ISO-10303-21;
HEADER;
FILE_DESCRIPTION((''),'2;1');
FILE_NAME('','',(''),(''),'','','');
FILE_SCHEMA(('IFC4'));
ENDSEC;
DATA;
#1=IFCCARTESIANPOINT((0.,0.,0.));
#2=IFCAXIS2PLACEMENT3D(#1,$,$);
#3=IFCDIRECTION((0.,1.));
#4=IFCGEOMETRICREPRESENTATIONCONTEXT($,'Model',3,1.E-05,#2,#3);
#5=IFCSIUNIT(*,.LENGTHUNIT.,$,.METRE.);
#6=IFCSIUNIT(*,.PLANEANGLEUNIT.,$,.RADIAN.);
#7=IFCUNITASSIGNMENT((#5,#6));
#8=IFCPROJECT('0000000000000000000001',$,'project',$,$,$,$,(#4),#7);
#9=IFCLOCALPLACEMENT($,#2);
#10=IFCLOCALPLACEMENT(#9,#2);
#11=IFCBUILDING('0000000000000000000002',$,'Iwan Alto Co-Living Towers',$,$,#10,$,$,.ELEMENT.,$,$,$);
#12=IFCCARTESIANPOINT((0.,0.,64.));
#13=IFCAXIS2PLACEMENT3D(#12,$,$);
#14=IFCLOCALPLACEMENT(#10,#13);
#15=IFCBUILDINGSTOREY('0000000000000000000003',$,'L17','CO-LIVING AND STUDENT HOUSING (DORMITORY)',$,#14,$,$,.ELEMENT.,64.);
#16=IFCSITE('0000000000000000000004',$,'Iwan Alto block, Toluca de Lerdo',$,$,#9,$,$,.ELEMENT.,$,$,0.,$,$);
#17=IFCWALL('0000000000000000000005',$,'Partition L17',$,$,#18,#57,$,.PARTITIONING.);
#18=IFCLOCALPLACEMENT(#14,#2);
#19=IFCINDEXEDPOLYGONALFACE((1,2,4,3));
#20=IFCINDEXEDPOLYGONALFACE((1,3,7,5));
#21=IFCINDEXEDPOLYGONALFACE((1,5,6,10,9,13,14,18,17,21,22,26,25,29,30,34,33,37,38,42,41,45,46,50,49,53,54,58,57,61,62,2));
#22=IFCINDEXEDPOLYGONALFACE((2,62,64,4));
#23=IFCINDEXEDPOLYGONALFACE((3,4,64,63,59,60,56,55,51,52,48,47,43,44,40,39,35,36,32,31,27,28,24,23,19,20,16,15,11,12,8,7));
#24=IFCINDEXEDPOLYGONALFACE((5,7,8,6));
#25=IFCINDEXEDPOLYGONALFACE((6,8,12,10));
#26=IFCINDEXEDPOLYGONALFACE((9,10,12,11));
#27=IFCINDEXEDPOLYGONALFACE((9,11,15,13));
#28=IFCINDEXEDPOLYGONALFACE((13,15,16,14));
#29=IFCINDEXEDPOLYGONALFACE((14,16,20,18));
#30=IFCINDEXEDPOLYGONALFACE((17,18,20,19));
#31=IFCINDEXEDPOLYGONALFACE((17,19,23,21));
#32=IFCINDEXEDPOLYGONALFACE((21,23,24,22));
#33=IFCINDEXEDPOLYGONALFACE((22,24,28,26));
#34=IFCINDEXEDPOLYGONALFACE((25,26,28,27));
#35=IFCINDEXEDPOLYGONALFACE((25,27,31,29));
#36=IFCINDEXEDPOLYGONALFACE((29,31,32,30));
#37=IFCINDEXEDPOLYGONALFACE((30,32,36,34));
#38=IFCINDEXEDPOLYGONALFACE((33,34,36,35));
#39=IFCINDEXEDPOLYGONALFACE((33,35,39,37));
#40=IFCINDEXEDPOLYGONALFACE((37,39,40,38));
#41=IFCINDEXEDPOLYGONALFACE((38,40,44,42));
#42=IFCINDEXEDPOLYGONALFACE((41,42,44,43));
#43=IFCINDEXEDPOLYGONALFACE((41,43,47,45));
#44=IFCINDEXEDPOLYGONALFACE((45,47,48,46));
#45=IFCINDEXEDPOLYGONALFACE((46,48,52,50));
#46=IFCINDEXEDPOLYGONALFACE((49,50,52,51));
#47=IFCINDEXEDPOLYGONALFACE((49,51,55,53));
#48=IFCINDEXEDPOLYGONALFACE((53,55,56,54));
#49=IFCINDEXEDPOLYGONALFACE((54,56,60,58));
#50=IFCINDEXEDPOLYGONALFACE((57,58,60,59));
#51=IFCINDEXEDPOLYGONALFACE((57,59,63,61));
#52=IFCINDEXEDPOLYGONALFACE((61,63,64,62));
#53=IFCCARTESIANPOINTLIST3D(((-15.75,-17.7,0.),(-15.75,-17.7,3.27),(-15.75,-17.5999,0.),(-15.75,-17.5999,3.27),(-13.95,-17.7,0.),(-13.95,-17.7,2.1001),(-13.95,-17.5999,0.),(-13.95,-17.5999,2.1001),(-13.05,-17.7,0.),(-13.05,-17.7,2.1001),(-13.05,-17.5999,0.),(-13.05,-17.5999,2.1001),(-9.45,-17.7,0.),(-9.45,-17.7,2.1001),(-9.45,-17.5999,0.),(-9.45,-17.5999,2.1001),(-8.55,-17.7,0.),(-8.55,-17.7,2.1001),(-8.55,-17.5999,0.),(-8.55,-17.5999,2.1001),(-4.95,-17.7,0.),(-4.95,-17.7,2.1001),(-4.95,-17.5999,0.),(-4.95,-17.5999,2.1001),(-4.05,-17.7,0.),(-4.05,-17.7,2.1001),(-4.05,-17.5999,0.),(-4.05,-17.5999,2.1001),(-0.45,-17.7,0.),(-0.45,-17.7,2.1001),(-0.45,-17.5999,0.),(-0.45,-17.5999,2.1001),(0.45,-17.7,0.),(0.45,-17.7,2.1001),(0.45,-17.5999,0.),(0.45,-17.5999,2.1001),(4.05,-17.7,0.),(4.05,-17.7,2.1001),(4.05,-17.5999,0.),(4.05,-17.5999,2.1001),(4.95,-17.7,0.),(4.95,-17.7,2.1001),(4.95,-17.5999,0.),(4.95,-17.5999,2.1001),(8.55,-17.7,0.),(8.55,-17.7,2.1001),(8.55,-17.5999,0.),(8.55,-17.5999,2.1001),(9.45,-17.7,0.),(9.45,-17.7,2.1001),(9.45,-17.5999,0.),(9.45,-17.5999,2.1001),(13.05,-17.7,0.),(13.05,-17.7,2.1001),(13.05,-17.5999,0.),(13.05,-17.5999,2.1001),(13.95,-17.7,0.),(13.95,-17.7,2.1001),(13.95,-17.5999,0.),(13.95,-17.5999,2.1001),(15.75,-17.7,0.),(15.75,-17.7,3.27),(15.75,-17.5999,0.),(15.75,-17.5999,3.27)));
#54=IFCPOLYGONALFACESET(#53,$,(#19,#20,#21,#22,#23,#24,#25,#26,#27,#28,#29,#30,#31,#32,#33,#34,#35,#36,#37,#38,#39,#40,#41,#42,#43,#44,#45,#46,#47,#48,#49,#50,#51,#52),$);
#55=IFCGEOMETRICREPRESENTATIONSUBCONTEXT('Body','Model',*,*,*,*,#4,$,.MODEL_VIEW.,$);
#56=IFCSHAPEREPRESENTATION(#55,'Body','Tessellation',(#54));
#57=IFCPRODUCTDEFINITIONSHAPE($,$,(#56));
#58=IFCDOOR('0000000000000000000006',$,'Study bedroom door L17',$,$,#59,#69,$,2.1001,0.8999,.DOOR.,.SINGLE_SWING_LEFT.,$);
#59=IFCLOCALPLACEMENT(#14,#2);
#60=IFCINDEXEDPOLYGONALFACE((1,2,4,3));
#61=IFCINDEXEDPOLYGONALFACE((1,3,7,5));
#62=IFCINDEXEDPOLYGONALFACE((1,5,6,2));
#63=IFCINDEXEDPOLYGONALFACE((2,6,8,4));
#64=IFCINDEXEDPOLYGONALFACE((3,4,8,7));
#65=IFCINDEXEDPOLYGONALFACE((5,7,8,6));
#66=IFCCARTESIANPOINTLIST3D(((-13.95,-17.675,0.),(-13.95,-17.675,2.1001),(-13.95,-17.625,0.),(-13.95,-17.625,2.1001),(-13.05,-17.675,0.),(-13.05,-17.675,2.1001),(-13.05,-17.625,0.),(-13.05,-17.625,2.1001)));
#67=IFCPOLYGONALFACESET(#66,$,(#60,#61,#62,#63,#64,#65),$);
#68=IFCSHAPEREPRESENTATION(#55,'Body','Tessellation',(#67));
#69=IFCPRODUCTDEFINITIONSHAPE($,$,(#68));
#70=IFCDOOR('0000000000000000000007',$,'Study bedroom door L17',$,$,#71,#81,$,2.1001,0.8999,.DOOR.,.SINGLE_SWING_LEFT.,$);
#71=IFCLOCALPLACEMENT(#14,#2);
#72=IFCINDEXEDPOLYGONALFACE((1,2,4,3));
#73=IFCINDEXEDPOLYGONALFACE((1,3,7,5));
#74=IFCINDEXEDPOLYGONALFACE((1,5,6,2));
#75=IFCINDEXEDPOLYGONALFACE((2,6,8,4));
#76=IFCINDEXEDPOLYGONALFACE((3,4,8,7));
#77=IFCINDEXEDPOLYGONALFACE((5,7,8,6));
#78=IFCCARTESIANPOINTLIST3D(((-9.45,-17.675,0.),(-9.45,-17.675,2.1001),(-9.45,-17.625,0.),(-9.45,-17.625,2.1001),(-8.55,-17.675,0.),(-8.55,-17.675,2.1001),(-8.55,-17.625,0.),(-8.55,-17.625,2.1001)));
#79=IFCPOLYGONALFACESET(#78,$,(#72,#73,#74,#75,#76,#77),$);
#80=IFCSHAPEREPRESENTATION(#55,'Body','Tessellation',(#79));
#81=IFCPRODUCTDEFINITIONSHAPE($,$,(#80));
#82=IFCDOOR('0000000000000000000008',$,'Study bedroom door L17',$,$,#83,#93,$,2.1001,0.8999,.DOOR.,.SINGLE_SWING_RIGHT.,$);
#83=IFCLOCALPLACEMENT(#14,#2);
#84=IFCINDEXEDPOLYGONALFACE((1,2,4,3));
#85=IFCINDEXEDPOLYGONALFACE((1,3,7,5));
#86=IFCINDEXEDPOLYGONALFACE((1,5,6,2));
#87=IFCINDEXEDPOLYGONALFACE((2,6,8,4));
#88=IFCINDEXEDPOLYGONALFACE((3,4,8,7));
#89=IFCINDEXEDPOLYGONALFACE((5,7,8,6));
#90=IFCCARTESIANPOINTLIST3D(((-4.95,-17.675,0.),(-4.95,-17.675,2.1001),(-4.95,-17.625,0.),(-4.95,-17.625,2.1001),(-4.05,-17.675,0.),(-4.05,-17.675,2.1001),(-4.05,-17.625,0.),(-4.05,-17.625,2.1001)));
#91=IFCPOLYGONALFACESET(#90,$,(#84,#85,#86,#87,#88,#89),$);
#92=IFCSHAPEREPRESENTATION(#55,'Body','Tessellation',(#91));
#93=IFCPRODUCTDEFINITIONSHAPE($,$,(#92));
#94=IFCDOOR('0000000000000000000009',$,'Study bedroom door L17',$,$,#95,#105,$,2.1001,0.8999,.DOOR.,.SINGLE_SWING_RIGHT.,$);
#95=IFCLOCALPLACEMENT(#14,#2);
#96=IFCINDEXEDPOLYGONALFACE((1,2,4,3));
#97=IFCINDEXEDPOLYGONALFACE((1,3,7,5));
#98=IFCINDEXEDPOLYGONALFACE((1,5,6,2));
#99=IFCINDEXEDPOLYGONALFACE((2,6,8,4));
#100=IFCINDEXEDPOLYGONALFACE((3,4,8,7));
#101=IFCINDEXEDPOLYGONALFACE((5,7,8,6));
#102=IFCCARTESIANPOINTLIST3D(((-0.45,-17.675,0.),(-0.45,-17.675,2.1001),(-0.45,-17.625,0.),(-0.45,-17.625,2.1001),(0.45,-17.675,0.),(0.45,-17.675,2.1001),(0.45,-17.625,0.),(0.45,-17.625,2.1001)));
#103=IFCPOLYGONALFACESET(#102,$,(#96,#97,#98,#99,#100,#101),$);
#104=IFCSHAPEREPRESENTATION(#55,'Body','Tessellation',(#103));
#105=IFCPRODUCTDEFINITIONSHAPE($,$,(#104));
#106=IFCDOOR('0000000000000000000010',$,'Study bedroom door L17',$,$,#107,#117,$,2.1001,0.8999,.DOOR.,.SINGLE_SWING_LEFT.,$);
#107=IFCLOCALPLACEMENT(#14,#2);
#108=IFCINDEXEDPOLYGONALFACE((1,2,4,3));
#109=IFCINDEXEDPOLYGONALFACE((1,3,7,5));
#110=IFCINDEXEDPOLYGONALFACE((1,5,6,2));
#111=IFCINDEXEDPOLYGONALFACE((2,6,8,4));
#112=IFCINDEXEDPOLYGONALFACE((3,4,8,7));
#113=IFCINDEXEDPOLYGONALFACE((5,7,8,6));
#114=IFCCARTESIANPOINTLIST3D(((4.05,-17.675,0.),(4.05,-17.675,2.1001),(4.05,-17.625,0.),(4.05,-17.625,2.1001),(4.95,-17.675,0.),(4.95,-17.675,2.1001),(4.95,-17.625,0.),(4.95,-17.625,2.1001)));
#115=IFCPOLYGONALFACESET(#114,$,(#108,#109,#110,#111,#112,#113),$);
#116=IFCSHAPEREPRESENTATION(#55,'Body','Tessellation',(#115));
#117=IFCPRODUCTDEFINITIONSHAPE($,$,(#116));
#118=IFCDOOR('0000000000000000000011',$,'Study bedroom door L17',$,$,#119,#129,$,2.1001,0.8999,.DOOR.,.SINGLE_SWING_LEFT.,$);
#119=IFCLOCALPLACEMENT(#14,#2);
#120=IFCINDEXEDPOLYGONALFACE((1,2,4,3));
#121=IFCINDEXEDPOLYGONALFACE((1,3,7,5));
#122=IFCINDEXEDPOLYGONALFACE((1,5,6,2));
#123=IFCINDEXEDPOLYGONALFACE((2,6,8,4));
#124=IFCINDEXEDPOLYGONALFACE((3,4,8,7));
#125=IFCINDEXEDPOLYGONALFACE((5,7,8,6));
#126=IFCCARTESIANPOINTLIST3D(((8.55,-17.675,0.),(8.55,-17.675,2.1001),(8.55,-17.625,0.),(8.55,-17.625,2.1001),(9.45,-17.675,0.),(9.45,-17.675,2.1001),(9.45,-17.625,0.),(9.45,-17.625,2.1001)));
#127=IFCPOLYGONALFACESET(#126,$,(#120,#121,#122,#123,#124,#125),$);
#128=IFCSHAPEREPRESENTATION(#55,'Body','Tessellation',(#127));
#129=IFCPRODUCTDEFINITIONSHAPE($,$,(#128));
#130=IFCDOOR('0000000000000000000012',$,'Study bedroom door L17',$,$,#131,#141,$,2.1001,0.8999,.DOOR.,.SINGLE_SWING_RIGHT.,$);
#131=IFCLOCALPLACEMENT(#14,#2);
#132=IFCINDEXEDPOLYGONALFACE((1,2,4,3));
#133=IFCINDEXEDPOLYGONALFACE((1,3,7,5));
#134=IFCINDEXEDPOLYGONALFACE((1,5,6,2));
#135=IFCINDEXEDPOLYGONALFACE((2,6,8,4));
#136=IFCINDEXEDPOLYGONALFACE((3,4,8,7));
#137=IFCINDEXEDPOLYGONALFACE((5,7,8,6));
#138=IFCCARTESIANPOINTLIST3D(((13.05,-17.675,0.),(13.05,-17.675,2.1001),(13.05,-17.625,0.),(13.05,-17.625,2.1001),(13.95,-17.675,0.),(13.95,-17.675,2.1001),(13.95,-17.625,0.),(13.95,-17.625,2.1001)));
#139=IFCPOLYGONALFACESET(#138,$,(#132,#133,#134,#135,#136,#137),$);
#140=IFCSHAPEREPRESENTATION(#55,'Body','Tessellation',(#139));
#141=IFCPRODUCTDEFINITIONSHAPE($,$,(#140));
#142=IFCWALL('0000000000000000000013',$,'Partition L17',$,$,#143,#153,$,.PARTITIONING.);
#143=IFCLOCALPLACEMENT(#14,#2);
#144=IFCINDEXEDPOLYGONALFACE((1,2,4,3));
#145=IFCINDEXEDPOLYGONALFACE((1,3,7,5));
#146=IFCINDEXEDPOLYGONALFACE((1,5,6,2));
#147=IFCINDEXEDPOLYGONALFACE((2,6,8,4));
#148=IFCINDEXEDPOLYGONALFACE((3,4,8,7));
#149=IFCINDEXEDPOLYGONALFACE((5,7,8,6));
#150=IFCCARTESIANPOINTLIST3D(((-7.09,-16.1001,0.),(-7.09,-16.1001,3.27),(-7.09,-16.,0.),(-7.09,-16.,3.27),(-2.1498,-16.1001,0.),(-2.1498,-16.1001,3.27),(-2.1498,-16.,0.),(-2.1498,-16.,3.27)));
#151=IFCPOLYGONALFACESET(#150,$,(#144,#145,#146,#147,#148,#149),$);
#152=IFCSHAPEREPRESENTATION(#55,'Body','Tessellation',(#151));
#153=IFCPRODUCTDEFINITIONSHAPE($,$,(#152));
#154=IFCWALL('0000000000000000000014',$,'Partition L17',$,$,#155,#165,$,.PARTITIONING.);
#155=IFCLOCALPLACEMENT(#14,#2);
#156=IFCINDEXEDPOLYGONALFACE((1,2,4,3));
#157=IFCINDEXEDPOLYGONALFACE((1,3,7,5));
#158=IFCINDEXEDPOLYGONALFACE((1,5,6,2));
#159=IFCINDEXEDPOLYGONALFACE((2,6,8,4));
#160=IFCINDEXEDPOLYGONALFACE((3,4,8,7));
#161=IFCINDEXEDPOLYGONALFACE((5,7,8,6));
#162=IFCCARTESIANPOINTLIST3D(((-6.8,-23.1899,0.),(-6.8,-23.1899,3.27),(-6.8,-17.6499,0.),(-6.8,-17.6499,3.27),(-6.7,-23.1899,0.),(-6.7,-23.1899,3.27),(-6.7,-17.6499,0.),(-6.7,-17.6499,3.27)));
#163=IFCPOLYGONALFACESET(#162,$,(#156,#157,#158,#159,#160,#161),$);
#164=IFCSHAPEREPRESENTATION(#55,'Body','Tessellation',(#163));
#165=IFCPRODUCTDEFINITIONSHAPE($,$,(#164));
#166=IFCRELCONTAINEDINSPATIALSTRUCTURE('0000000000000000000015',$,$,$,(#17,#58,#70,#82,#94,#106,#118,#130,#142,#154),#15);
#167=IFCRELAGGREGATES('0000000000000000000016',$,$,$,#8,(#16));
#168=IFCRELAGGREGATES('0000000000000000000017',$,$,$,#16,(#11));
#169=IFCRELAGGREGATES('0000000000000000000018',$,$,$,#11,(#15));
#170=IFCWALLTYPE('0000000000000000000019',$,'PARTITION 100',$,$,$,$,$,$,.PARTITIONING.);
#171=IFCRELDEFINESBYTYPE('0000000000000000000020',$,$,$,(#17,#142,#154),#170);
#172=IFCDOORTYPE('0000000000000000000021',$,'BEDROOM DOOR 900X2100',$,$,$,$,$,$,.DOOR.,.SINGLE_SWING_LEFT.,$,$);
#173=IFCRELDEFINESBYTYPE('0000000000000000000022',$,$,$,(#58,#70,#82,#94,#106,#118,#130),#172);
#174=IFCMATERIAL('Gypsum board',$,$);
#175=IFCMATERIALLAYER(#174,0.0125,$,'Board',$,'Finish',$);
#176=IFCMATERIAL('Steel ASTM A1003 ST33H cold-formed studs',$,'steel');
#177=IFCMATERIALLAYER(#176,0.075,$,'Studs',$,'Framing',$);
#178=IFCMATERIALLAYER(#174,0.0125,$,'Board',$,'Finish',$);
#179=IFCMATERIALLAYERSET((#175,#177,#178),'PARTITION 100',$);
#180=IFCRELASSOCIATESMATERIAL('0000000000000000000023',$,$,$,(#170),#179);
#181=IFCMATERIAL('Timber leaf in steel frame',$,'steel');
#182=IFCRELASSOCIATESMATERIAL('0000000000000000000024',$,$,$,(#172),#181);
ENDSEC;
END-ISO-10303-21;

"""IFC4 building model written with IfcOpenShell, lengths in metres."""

from ifc_helpers import new_model, si_unit, direction, frame, frame_2d, origin, place, context, subcontext, project, spatial, rectangle, extrude, material, layer, layer_set, type_object, element, fill, save


model = new_model("IFC4")

# Units and contexts
model_context = context("Model", 3, precision=1e-05, world=origin(), true_north=direction((0.0, 1.0)))
body_context = subcontext(model_context, "Body", "Model", "MODEL_VIEW")
ifc_project = project(units=[si_unit("LENGTHUNIT", "METRE"), si_unit("PLANEANGLEUNIT", "RADIAN")], contexts=[model_context])

# Site, building, storey
site_placement = place(None, origin())
site = spatial("IfcSite", under=ifc_project, at=site_placement, Name="Iwan Alto block, Toluca de Lerdo", CompositionType="ELEMENT", RefElevation=0.0)
building_placement = place(site_placement, origin())
building = spatial("IfcBuilding", under=site, at=building_placement, Name="Iwan Alto Co-Living Towers", CompositionType="ELEMENT")
storey_placement = place(building_placement, frame((0.0, 0.0, 64.0)))
storey = spatial("IfcBuildingStorey", under=building, at=storey_placement, Name="L17", Description="CO-LIVING AND STUDENT HOUSING (DORMITORY)", CompositionType="ELEMENT", Elevation=64.0)

# Wall, openings, doors
ifc_material_1 = material(Name="Gypsum board")
ifc_layer_1 = layer(ifc_material_1, 0.0125, Name="Board", Category="Finish")
ifc_material_2 = material(Name="Steel ASTM A1003 ST33H cold-formed studs", Category="steel")
ifc_layer_2 = layer(ifc_material_2, 0.075, Name="Studs", Category="Framing")
ifc_layer_3 = layer(ifc_material_1, 0.0125, Name="Board", Category="Finish")
ifc_layer_set_1 = layer_set([ifc_layer_1, ifc_layer_2, ifc_layer_3], Name="PARTITION 100")
wall_type = type_object("IfcWallType", Name="PARTITION 100", PredefinedType="PARTITIONING", material=ifc_layer_set_1)
wall_1_placement = place(storey_placement, frame((-15.75, -17.6499, 0.0), z_axis=(0.0, 0.0, 1.0), x_axis=(1.0, 0.0, 0.0)))
wall_1 = element("IfcWall", 1, at=wall_1_placement, inside=storey, type_object=wall_type, Name="Partition L17", PredefinedType="PARTITIONING", context=body_context, shape_type="SweptSolid", body=[
    extrude(rectangle(XDim=31.5, YDim=0.1001, at=frame_2d((15.75, 0.0))), origin(), (0.0, 0.0, 1.0), 3.27),
])
opening_1_placement = place(wall_1_placement, frame((1.8, 0.0, 0.0)))
opening_1 = element("IfcOpeningElement", 2, at=opening_1_placement, cuts=wall_1, PredefinedType="OPENING", context=body_context, shape_type="SweptSolid", body=[
    extrude(rectangle(XDim=0.8999, YDim=2.1001, at=frame_2d((0.45, 1.05))), frame((0.0, 0.0601, 0.0), z_axis=(0.0, -1.0, 0.0), x_axis=(1.0, 0.0, 0.0)), (0.0, 0.0, 1.0), 0.1201),
])
opening_2_placement = place(wall_1_placement, frame((6.3, 0.0, 0.0)))
opening_2 = element("IfcOpeningElement", 3, at=opening_2_placement, cuts=wall_1, PredefinedType="OPENING", context=body_context, shape_type="SweptSolid", body=[
    extrude(rectangle(XDim=0.8999, YDim=2.1001, at=frame_2d((0.45, 1.05))), frame((0.0, 0.0601, 0.0), z_axis=(0.0, -1.0, 0.0), x_axis=(1.0, 0.0, 0.0)), (0.0, 0.0, 1.0), 0.1201),
])
opening_3_placement = place(wall_1_placement, frame((10.8, 0.0, 0.0)))
opening_3 = element("IfcOpeningElement", 4, at=opening_3_placement, cuts=wall_1, PredefinedType="OPENING", context=body_context, shape_type="SweptSolid", body=[
    extrude(rectangle(XDim=0.8999, YDim=2.1001, at=frame_2d((0.45, 1.05))), frame((0.0, 0.0601, 0.0), z_axis=(0.0, -1.0, 0.0), x_axis=(1.0, 0.0, 0.0)), (0.0, 0.0, 1.0), 0.1201),
])
opening_4_placement = place(wall_1_placement, frame((15.3, 0.0, 0.0)))
opening_4 = element("IfcOpeningElement", 5, at=opening_4_placement, cuts=wall_1, PredefinedType="OPENING", context=body_context, shape_type="SweptSolid", body=[
    extrude(rectangle(XDim=0.8999, YDim=2.1001, at=frame_2d((0.45, 1.05))), frame((0.0, 0.0601, 0.0), z_axis=(0.0, -1.0, 0.0), x_axis=(1.0, 0.0, 0.0)), (0.0, 0.0, 1.0), 0.1201),
])
opening_5_placement = place(wall_1_placement, frame((19.8, 0.0, 0.0)))
opening_5 = element("IfcOpeningElement", 6, at=opening_5_placement, cuts=wall_1, PredefinedType="OPENING", context=body_context, shape_type="SweptSolid", body=[
    extrude(rectangle(XDim=0.8999, YDim=2.1001, at=frame_2d((0.45, 1.05))), frame((0.0, 0.0601, 0.0), z_axis=(0.0, -1.0, 0.0), x_axis=(1.0, 0.0, 0.0)), (0.0, 0.0, 1.0), 0.1201),
])
opening_6_placement = place(wall_1_placement, frame((24.3, 0.0, 0.0)))
opening_6 = element("IfcOpeningElement", 7, at=opening_6_placement, cuts=wall_1, PredefinedType="OPENING", context=body_context, shape_type="SweptSolid", body=[
    extrude(rectangle(XDim=0.8999, YDim=2.1001, at=frame_2d((0.45, 1.05))), frame((0.0, 0.0601, 0.0), z_axis=(0.0, -1.0, 0.0), x_axis=(1.0, 0.0, 0.0)), (0.0, 0.0, 1.0), 0.1201),
])
opening_7_placement = place(wall_1_placement, frame((28.8, 0.0, 0.0)))
opening_7 = element("IfcOpeningElement", 8, at=opening_7_placement, cuts=wall_1, PredefinedType="OPENING", context=body_context, shape_type="SweptSolid", body=[
    extrude(rectangle(XDim=0.8999, YDim=2.1001, at=frame_2d((0.45, 1.05))), frame((0.0, 0.0601, 0.0), z_axis=(0.0, -1.0, 0.0), x_axis=(1.0, 0.0, 0.0)), (0.0, 0.0, 1.0), 0.1201),
])
ifc_material_3 = material(Name="Timber leaf in steel frame", Category="steel")
door_type_1 = type_object("IfcDoorType", Name="BEDROOM DOOR 900X2100", OperationType="SINGLE_SWING_LEFT", PredefinedType="DOOR", material=ifc_material_3)
door_1_placement = place(opening_1_placement, origin())
door_1 = element("IfcDoor", 9, at=door_1_placement, inside=storey, type_object=door_type_1, Name="Study bedroom door L17", OperationType="SINGLE_SWING_LEFT", OverallHeight=2.1001, OverallWidth=0.8999, PredefinedType="DOOR", context=body_context, shape_type="SweptSolid", body=[
    extrude(rectangle(XDim=0.8999, YDim=2.1001, at=frame_2d((0.45, 1.05))), frame((0.0, 0.0249, 0.0), z_axis=(0.0, -1.0, 0.0), x_axis=(1.0, 0.0, 0.0)), (0.0, 0.0, 1.0), 0.05),
])
fill(opening_1, door_1)
door_2_placement = place(opening_2_placement, origin())
door_2 = element("IfcDoor", 10, at=door_2_placement, inside=storey, type_object=door_type_1, Name="Study bedroom door L17", OperationType="SINGLE_SWING_LEFT", OverallHeight=2.1001, OverallWidth=0.8999, PredefinedType="DOOR", context=body_context, shape_type="SweptSolid", body=[
    extrude(rectangle(XDim=0.8999, YDim=2.1001, at=frame_2d((0.45, 1.05))), frame((0.0, 0.0249, 0.0), z_axis=(0.0, -1.0, 0.0), x_axis=(1.0, 0.0, 0.0)), (0.0, 0.0, 1.0), 0.05),
])
fill(opening_2, door_2)
door_3_placement = place(opening_3_placement, origin())
door_3 = element("IfcDoor", 11, at=door_3_placement, inside=storey, type_object=door_type_1, Name="Study bedroom door L17", OperationType="SINGLE_SWING_RIGHT", OverallHeight=2.1001, OverallWidth=0.8999, PredefinedType="DOOR", context=body_context, shape_type="SweptSolid", body=[
    extrude(rectangle(XDim=0.8999, YDim=2.1001, at=frame_2d((0.45, 1.05))), frame((0.0, 0.0249, 0.0), z_axis=(0.0, -1.0, 0.0), x_axis=(1.0, 0.0, 0.0)), (0.0, 0.0, 1.0), 0.05),
])
fill(opening_3, door_3)
door_4_placement = place(opening_4_placement, origin())
door_4 = element("IfcDoor", 12, at=door_4_placement, inside=storey, type_object=door_type_1, Name="Study bedroom door L17", OperationType="SINGLE_SWING_RIGHT", OverallHeight=2.1001, OverallWidth=0.8999, PredefinedType="DOOR", context=body_context, shape_type="SweptSolid", body=[
    extrude(rectangle(XDim=0.8999, YDim=2.1001, at=frame_2d((0.45, 1.05))), frame((0.0, 0.0249, 0.0), z_axis=(0.0, -1.0, 0.0), x_axis=(1.0, 0.0, 0.0)), (0.0, 0.0, 1.0), 0.05),
])
fill(opening_4, door_4)
door_5_placement = place(opening_5_placement, origin())
door_5 = element("IfcDoor", 13, at=door_5_placement, inside=storey, type_object=door_type_1, Name="Study bedroom door L17", OperationType="SINGLE_SWING_LEFT", OverallHeight=2.1001, OverallWidth=0.8999, PredefinedType="DOOR", context=body_context, shape_type="SweptSolid", body=[
    extrude(rectangle(XDim=0.8999, YDim=2.1001, at=frame_2d((0.45, 1.05))), frame((0.0, 0.0249, 0.0), z_axis=(0.0, -1.0, 0.0), x_axis=(1.0, 0.0, 0.0)), (0.0, 0.0, 1.0), 0.05),
])
fill(opening_5, door_5)
door_6_placement = place(opening_6_placement, origin())
door_6 = element("IfcDoor", 14, at=door_6_placement, inside=storey, type_object=door_type_1, Name="Study bedroom door L17", OperationType="SINGLE_SWING_LEFT", OverallHeight=2.1001, OverallWidth=0.8999, PredefinedType="DOOR", context=body_context, shape_type="SweptSolid", body=[
    extrude(rectangle(XDim=0.8999, YDim=2.1001, at=frame_2d((0.45, 1.05))), frame((0.0, 0.0249, 0.0), z_axis=(0.0, -1.0, 0.0), x_axis=(1.0, 0.0, 0.0)), (0.0, 0.0, 1.0), 0.05),
])
fill(opening_6, door_6)
door_7_placement = place(opening_7_placement, origin())
door_7 = element("IfcDoor", 15, at=door_7_placement, inside=storey, type_object=door_type_1, Name="Study bedroom door L17", OperationType="SINGLE_SWING_RIGHT", OverallHeight=2.1001, OverallWidth=0.8999, PredefinedType="DOOR", context=body_context, shape_type="SweptSolid", body=[
    extrude(rectangle(XDim=0.8999, YDim=2.1001, at=frame_2d((0.45, 1.05))), frame((0.0, 0.0249, 0.0), z_axis=(0.0, -1.0, 0.0), x_axis=(1.0, 0.0, 0.0)), (0.0, 0.0, 1.0), 0.05),
])
fill(opening_7, door_7)

# Walls
wall_2_placement = place(storey_placement, frame((-7.0901, -16.05, 0.0), z_axis=(0.0, 0.0, 1.0), x_axis=(1.0, 0.0, 0.0)))
element("IfcWall", 16, at=wall_2_placement, inside=storey, type_object=wall_type, Name="Partition L17", PredefinedType="PARTITIONING", context=body_context, shape_type="SweptSolid", body=[
    extrude(rectangle(XDim=4.9402, YDim=0.1001, at=frame_2d((2.4702, 0.0))), origin(), (0.0, 0.0, 1.0), 3.27),
])
wall_3_placement = place(storey_placement, frame((-6.75, -23.1899, 0.0), z_axis=(0.0, 0.0, 1.0), x_axis=(0.0, 1.0, 0.0)))
element("IfcWall", 17, at=wall_3_placement, inside=storey, type_object=wall_type, Name="Partition L17", PredefinedType="PARTITIONING", context=body_context, shape_type="SweptSolid", body=[
    extrude(rectangle(XDim=5.54, YDim=0.1001, at=frame_2d((2.77, 0.0))), origin(), (0.0, 0.0, 1.0), 3.27),
])

save(model, "model.ifc")
